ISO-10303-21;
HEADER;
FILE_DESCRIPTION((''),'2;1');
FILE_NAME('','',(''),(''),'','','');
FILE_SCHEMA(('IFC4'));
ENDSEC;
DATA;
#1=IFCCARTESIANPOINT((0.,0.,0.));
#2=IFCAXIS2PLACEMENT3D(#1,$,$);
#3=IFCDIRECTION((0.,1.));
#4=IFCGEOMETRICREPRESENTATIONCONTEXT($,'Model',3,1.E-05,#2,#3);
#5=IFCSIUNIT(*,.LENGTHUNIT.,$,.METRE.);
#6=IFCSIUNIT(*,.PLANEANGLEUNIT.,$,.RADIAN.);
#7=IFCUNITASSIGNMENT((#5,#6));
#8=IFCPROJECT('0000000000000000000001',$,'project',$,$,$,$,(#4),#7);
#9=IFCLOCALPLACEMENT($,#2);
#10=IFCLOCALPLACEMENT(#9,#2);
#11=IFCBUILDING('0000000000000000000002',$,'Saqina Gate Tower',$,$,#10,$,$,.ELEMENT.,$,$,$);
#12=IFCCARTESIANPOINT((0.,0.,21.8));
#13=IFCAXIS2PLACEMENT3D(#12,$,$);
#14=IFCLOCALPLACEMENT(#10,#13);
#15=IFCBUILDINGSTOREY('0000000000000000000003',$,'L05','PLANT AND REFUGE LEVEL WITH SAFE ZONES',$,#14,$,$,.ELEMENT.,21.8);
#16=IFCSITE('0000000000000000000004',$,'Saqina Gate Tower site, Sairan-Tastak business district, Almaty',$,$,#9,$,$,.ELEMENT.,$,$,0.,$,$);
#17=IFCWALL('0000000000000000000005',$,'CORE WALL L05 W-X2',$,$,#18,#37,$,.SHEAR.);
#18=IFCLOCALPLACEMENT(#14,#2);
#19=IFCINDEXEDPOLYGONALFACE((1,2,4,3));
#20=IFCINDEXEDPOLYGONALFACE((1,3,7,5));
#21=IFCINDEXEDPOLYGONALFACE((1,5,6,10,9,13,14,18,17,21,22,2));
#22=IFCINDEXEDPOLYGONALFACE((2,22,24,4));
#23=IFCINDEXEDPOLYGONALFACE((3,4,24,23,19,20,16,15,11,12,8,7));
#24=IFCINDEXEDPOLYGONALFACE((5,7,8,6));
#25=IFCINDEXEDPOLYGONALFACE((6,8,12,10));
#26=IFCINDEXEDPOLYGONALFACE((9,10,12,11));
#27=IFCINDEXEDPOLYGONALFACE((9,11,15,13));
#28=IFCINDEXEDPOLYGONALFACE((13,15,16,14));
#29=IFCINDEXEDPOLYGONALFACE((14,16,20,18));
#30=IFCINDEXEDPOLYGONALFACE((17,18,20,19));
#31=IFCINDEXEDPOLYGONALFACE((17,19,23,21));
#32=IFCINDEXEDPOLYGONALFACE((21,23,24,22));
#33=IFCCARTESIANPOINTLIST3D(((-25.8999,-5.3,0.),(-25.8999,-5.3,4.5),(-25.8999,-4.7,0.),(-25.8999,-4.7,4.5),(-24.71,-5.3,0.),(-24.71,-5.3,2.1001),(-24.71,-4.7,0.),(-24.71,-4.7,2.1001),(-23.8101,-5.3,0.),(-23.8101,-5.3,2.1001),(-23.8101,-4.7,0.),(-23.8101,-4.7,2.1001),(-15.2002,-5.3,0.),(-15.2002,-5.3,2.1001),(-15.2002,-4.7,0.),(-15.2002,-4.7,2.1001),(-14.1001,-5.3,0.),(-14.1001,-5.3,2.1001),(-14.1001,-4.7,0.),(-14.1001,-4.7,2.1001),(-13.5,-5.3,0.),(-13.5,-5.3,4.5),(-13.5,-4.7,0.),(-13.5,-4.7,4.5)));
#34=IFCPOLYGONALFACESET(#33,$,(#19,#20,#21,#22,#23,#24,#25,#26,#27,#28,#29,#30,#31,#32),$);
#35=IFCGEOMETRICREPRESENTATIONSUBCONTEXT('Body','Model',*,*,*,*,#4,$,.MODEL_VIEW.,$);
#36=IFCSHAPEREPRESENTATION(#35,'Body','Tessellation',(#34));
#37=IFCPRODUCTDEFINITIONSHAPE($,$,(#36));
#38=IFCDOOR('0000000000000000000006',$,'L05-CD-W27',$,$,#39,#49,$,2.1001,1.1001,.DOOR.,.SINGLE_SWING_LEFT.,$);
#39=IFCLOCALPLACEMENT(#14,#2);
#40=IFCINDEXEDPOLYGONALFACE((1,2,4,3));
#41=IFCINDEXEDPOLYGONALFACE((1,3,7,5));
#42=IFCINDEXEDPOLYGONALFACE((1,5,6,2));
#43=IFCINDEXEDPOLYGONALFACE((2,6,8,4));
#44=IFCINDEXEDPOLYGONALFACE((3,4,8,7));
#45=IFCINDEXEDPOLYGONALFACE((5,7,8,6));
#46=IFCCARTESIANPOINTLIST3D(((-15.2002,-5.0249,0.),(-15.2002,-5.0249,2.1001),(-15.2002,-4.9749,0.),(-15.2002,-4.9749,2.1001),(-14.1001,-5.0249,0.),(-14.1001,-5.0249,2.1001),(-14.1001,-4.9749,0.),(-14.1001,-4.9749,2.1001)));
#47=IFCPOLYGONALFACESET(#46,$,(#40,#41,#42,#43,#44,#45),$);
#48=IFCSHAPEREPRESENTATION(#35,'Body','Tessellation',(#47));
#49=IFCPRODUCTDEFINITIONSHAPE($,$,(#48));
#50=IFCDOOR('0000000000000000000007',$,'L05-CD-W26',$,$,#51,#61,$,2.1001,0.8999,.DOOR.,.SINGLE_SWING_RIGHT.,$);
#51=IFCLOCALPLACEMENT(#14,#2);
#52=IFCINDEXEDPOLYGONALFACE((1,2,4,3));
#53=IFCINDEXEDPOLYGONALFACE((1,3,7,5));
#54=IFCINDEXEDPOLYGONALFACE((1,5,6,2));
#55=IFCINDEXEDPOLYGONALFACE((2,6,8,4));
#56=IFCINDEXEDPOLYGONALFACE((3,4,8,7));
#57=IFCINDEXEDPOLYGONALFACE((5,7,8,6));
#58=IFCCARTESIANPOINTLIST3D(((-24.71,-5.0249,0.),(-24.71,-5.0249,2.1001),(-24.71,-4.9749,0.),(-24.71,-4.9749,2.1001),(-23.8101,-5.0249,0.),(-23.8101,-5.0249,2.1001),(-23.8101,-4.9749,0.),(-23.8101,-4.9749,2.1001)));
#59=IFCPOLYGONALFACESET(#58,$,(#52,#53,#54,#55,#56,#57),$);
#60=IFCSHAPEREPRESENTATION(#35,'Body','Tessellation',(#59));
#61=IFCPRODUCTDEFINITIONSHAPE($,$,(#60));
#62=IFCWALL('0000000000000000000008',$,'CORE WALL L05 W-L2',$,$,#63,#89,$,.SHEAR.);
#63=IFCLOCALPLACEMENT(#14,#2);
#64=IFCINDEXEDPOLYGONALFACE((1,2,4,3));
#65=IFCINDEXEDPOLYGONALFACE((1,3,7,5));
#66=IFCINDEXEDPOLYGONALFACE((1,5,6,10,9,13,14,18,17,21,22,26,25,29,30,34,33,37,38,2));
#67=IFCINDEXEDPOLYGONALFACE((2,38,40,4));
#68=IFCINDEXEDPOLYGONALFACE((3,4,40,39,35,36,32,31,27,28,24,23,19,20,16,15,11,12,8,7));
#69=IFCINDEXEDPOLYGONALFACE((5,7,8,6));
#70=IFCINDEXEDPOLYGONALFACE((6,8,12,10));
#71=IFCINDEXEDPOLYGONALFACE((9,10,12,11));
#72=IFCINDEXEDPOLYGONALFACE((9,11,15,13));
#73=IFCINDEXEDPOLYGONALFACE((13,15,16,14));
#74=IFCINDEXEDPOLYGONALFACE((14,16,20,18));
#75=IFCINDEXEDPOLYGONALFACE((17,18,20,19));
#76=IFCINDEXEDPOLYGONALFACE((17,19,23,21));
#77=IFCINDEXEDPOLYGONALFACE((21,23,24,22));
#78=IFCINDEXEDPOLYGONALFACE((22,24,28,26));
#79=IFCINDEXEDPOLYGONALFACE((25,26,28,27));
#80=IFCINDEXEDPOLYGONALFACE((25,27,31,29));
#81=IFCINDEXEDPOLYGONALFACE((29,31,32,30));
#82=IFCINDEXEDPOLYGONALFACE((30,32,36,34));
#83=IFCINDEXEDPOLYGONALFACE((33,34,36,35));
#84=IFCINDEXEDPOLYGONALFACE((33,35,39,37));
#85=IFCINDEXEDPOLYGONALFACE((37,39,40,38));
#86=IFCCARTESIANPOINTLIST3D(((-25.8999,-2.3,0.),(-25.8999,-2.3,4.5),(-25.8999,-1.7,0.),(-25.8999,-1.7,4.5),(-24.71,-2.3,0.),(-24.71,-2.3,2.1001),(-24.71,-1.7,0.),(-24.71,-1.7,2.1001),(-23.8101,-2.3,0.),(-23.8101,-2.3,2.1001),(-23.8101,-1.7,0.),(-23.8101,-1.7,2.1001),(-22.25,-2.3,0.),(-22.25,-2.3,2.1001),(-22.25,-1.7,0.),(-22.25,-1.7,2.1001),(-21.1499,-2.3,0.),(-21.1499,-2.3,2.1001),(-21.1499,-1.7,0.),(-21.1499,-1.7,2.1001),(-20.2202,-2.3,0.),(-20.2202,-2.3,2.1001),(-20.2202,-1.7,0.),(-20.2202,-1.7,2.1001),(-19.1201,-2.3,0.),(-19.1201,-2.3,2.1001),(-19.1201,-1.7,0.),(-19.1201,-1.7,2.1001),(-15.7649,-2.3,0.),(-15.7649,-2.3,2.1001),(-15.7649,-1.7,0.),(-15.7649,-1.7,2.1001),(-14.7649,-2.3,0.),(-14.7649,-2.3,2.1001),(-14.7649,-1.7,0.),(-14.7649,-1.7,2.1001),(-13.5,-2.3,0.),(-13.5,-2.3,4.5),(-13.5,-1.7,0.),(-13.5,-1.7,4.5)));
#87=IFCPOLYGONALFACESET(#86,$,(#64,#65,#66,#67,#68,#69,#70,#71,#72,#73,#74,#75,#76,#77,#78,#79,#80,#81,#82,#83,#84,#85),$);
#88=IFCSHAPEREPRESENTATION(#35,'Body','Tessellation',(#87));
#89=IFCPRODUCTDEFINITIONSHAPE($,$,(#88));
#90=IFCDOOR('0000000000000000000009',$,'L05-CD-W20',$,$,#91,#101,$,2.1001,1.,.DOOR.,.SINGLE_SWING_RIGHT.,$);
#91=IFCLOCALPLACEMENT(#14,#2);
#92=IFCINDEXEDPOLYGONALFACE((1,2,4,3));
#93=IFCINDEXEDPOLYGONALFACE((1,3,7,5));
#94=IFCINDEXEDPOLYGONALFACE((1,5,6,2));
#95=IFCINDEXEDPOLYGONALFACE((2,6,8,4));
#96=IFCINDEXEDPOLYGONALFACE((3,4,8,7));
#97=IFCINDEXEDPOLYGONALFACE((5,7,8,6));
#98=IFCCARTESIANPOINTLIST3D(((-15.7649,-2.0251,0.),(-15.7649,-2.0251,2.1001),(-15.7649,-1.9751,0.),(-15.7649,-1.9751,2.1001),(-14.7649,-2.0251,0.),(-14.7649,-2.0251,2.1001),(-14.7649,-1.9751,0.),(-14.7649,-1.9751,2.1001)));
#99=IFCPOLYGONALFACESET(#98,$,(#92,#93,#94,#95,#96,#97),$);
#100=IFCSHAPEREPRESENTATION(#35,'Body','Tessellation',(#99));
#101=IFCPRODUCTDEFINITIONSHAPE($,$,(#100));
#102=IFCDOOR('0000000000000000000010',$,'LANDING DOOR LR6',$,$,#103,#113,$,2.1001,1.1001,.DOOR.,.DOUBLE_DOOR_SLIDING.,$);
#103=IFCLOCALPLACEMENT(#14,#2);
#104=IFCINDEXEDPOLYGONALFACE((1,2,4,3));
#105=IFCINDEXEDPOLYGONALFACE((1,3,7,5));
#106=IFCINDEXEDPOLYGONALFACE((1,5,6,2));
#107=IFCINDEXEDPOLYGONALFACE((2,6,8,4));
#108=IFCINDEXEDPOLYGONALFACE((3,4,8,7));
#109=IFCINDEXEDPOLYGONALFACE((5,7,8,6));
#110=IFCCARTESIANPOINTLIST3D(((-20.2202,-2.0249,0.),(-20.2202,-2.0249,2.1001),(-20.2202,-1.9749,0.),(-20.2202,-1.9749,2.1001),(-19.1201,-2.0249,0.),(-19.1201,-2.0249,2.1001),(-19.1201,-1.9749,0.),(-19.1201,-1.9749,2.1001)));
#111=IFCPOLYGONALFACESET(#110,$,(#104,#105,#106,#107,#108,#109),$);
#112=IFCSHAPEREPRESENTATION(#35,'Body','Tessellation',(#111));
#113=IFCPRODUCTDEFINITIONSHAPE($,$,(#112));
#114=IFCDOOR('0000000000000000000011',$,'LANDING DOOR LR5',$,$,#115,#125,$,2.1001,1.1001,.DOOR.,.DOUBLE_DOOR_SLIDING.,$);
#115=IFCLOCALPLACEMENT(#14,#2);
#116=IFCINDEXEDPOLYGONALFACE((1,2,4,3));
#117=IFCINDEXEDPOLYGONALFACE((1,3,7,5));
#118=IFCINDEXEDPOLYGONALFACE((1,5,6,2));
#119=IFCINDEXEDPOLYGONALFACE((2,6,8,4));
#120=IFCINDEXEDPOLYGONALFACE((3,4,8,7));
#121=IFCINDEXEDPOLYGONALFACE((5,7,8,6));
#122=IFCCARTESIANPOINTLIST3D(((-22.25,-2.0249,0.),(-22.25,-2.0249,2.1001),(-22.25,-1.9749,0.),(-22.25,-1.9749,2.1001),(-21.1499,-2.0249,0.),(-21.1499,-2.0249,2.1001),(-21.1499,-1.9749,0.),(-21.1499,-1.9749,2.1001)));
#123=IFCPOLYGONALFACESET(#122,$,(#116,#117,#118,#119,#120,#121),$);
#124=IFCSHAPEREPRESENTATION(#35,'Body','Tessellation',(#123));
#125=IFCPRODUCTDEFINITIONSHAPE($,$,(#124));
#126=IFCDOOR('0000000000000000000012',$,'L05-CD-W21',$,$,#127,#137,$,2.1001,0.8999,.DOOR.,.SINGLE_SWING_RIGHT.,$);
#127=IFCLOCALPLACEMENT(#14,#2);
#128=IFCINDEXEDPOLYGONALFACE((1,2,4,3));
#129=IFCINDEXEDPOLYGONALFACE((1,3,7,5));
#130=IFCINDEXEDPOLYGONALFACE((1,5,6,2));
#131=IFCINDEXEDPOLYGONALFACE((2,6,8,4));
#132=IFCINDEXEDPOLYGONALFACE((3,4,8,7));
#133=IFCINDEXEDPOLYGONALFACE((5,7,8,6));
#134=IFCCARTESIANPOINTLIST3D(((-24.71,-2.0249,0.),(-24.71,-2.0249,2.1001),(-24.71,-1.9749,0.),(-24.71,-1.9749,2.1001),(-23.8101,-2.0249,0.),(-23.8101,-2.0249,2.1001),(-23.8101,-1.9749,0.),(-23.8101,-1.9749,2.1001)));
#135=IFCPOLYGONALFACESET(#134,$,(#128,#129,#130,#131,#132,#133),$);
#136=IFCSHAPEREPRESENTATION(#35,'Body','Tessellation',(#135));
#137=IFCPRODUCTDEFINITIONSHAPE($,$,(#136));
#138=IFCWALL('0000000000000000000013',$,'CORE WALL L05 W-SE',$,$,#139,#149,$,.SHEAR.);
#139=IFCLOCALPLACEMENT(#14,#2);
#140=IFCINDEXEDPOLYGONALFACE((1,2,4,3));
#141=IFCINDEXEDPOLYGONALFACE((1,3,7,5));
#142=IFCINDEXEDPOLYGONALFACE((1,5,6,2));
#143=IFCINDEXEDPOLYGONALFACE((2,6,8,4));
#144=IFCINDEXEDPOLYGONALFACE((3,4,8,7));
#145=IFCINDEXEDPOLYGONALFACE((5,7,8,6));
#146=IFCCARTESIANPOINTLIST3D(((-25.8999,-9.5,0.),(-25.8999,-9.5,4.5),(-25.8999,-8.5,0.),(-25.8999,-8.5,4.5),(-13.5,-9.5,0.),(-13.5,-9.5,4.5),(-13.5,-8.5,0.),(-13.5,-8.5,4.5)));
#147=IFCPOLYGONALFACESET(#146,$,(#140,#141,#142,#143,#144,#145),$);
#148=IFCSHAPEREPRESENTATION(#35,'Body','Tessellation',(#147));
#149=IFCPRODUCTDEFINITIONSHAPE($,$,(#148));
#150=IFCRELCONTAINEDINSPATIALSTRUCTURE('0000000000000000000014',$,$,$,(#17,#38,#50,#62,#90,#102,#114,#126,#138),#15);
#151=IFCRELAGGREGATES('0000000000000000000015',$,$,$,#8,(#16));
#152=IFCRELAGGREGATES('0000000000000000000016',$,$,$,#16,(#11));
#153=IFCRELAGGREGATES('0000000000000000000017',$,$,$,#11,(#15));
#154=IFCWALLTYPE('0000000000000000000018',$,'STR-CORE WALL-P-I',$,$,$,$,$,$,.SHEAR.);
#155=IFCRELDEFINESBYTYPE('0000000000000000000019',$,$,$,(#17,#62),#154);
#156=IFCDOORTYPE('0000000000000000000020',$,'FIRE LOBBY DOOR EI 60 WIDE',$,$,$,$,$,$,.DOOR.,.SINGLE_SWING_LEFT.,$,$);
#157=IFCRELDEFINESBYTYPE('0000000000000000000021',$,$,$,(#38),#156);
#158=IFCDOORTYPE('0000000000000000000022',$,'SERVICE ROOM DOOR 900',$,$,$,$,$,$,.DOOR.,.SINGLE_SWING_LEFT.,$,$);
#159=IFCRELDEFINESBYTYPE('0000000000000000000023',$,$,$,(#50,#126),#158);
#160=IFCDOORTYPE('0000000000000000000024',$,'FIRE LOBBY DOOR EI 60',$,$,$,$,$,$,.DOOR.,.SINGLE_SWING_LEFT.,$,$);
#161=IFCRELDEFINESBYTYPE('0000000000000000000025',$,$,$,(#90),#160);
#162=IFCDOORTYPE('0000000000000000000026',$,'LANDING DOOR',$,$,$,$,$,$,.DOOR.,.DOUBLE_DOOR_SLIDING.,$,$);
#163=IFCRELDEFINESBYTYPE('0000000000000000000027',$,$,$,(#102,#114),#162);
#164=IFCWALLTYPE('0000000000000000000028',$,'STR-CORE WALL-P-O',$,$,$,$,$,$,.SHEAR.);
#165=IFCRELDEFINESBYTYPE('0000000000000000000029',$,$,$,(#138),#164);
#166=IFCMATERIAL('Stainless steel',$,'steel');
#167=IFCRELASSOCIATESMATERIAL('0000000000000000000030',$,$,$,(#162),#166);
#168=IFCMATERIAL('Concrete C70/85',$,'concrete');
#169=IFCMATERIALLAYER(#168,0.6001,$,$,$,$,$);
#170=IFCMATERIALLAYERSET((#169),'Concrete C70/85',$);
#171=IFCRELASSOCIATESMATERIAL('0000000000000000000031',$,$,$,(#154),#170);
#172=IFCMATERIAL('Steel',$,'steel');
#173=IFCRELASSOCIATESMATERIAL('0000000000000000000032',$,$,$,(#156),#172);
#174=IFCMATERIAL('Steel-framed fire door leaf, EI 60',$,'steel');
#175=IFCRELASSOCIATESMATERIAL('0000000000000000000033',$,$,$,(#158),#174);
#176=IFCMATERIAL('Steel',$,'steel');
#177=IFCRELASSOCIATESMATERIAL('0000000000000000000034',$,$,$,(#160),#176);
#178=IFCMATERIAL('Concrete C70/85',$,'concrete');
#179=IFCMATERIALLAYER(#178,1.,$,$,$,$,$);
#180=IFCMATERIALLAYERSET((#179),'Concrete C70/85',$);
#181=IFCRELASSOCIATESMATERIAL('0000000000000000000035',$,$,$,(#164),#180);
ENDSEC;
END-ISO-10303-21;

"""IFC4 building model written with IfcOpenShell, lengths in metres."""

from ifc_helpers import new_model, si_unit, direction, frame, frame_2d, origin, place, context, subcontext, project, spatial, rectangle, extrude, material, layer, layer_set, type_object, element, fill, save


model = new_model("IFC4")

# Units and contexts
model_context = context("Model", 3, precision=1e-05, world=origin(), true_north=direction((0.0, 1.0)))
body_context = subcontext(model_context, "Body", "Model", "MODEL_VIEW")
ifc_project = project(units=[si_unit("LENGTHUNIT", "METRE"), si_unit("PLANEANGLEUNIT", "RADIAN")], contexts=[model_context])

# Site, building, storey
site_placement = place(None, origin())
site = spatial("IfcSite", under=ifc_project, at=site_placement, Name="Saqina Gate Tower site, Sairan-Tastak business district, Almaty", CompositionType="ELEMENT", RefElevation=0.0)
building_placement = place(site_placement, origin())
building = spatial("IfcBuilding", under=site, at=building_placement, Name="Saqina Gate Tower", CompositionType="ELEMENT")
storey_placement = place(building_placement, frame((0.0, 0.0, 21.8)))
storey = spatial("IfcBuildingStorey", under=building, at=storey_placement, Name="L05", Description="PLANT AND REFUGE LEVEL WITH SAFE ZONES", CompositionType="ELEMENT", Elevation=21.8)

# Shared definitions
ifc_material_1 = material(Name="Stainless steel", Category="steel")
door_type_1 = type_object("IfcDoorType", Name="LANDING DOOR", OperationType="DOUBLE_DOOR_SLIDING", PredefinedType="DOOR", material=ifc_material_1)

# Walls, openings, doors
ifc_material_2 = material(Name="Concrete C70/85", Category="concrete")
ifc_layer_1 = layer(ifc_material_2, 0.6001)
ifc_layer_set_1 = layer_set([ifc_layer_1], Name="Concrete C70/85")
wall_type_1 = type_object("IfcWallType", Name="STR-CORE WALL-P-I", PredefinedType="SHEAR", material=ifc_layer_set_1)
wall_1_placement = place(storey_placement, frame((-13.5, -5.0, 0.0), z_axis=(0.0, 0.0, 1.0), x_axis=(-1.0, 0.0, 0.0)))
wall_1 = element("IfcWall", 1, at=wall_1_placement, inside=storey, type_object=wall_type_1, Name="CORE WALL L05 W-X2", PredefinedType="SHEAR", context=body_context, shape_type="SweptSolid", body=[
    extrude(rectangle(XDim=12.3999, YDim=0.6001, at=frame_2d((6.2, 0.0))), origin(), (0.0, 0.0, 1.0), 4.5),
])
opening_1_placement = place(wall_1_placement, frame((10.3101, 0.0, 0.0)))
opening_1 = element("IfcOpeningElement", 2, at=opening_1_placement, cuts=wall_1, PredefinedType="OPENING", context=body_context, shape_type="SweptSolid", body=[
    extrude(rectangle(XDim=0.8999, YDim=2.1001, at=frame_2d((0.45, 1.05))), frame((0.0, 0.312, 0.0), z_axis=(0.0, -1.0, 0.0), x_axis=(1.0, 0.0, 0.0)), (0.0, 0.0, 1.0), 0.624),
])
opening_2_placement = place(wall_1_placement, frame((0.6001, 0.0, 0.0)))
opening_2 = element("IfcOpeningElement", 3, at=opening_2_placement, cuts=wall_1, PredefinedType="OPENING", context=body_context, shape_type="SweptSolid", body=[
    extrude(rectangle(XDim=1.1001, YDim=2.1001, at=frame_2d((0.55, 1.05))), frame((0.0, 0.312, 0.0), z_axis=(0.0, -1.0, 0.0), x_axis=(1.0, 0.0, 0.0)), (0.0, 0.0, 1.0), 0.624),
])
ifc_material_3 = material(Name="Steel", Category="steel")
door_type_2 = type_object("IfcDoorType", Name="FIRE LOBBY DOOR EI 60 WIDE", OperationType="SINGLE_SWING_LEFT", PredefinedType="DOOR", material=ifc_material_3)
door_1_placement = place(opening_2_placement, origin())
door_1 = element("IfcDoor", 4, at=door_1_placement, inside=storey, type_object=door_type_2, Name="L05-CD-W27", OperationType="SINGLE_SWING_LEFT", OverallHeight=2.1001, OverallWidth=1.1001, PredefinedType="DOOR", context=body_context, shape_type="SweptSolid", body=[
    extrude(rectangle(XDim=1.1001, YDim=2.1001, at=frame_2d((0.55, 1.05))), frame((0.0, 0.0249, 0.0), z_axis=(0.0, -1.0, 0.0), x_axis=(1.0, 0.0, 0.0)), (0.0, 0.0, 1.0), 0.05),
])
fill(opening_2, door_1)
ifc_material_4 = material(Name="Steel-framed fire door leaf, EI 60", Category="steel")
door_type_3 = type_object("IfcDoorType", Name="SERVICE ROOM DOOR 900", OperationType="SINGLE_SWING_LEFT", PredefinedType="DOOR", material=ifc_material_4)
door_2_placement = place(opening_1_placement, origin())
door_2 = element("IfcDoor", 5, at=door_2_placement, inside=storey, type_object=door_type_3, Name="L05-CD-W26", OperationType="SINGLE_SWING_RIGHT", OverallHeight=2.1001, OverallWidth=0.8999, PredefinedType="DOOR", context=body_context, shape_type="SweptSolid", body=[
    extrude(rectangle(XDim=0.8999, YDim=2.1001, at=frame_2d((0.45, 1.05))), frame((0.0, 0.0249, 0.0), z_axis=(0.0, -1.0, 0.0), x_axis=(1.0, 0.0, 0.0)), (0.0, 0.0, 1.0), 0.05),
])
fill(opening_1, door_2)
wall_2_placement = place(storey_placement, frame((-13.5, -2.0, 0.0), z_axis=(0.0, 0.0, 1.0), x_axis=(-1.0, 0.0, 0.0)))
wall_2 = element("IfcWall", 6, at=wall_2_placement, inside=storey, type_object=wall_type_1, Name="CORE WALL L05 W-L2", PredefinedType="SHEAR", context=body_context, shape_type="SweptSolid", body=[
    extrude(rectangle(XDim=12.3999, YDim=0.6001, at=frame_2d((6.2, 0.0))), origin(), (0.0, 0.0, 1.0), 4.5),
])
opening_3_placement = place(wall_2_placement, frame((5.6201, 0.0, 0.0)))
opening_3 = element("IfcOpeningElement", 7, at=opening_3_placement, cuts=wall_2, PredefinedType="OPENING", context=body_context, shape_type="SweptSolid", body=[
    extrude(rectangle(XDim=1.1001, YDim=2.1001, at=frame_2d((0.55, 1.05))), frame((0.0, 0.312, 0.0), z_axis=(0.0, -1.0, 0.0), x_axis=(1.0, 0.0, 0.0)), (0.0, 0.0, 1.0), 0.624),
])
opening_4_placement = place(wall_2_placement, frame((7.6499, 0.0, 0.0)))
opening_4 = element("IfcOpeningElement", 8, at=opening_4_placement, cuts=wall_2, PredefinedType="OPENING", context=body_context, shape_type="SweptSolid", body=[
    extrude(rectangle(XDim=1.1001, YDim=2.1001, at=frame_2d((0.55, 1.05))), frame((0.0, 0.312, 0.0), z_axis=(0.0, -1.0, 0.0), x_axis=(1.0, 0.0, 0.0)), (0.0, 0.0, 1.0), 0.624),
])
opening_5_placement = place(wall_2_placement, frame((1.2649, 0.0, 0.0)))
opening_5 = element("IfcOpeningElement", 9, at=opening_5_placement, cuts=wall_2, PredefinedType="OPENING", context=body_context, shape_type="SweptSolid", body=[
    extrude(rectangle(XDim=1.0, YDim=2.1001, at=frame_2d((0.5, 1.05))), frame((0.0, 0.312, 0.0), z_axis=(0.0, -1.0, 0.0), x_axis=(1.0, 0.0, 0.0)), (0.0, 0.0, 1.0), 0.624),
])
opening_6_placement = place(wall_2_placement, frame((10.3101, 0.0, 0.0)))
opening_6 = element("IfcOpeningElement", 10, at=opening_6_placement, cuts=wall_2, PredefinedType="OPENING", context=body_context, shape_type="SweptSolid", body=[
    extrude(rectangle(XDim=0.8999, YDim=2.1001, at=frame_2d((0.45, 1.05))), frame((0.0, 0.312, 0.0), z_axis=(0.0, -1.0, 0.0), x_axis=(1.0, 0.0, 0.0)), (0.0, 0.0, 1.0), 0.624),
])
ifc_material_5 = material(Name="Steel", Category="steel")
door_type_4 = type_object("IfcDoorType", Name="FIRE LOBBY DOOR EI 60", OperationType="SINGLE_SWING_LEFT", PredefinedType="DOOR", material=ifc_material_5)
door_3_placement = place(opening_5_placement, frame((1.0, 0.0, 0.0), z_axis=(0.0, 0.0, 1.0), x_axis=(-1.0, 0.0, 0.0)))
door_3 = element("IfcDoor", 11, at=door_3_placement, inside=storey, type_object=door_type_4, Name="L05-CD-W20", OperationType="SINGLE_SWING_RIGHT", OverallHeight=2.1001, OverallWidth=1.0, PredefinedType="DOOR", context=body_context, shape_type="SweptSolid", body=[
    extrude(rectangle(XDim=1.0, YDim=2.1001, at=frame_2d((0.5, 1.05))), frame((0.0, 0.0249, 0.0), z_axis=(0.0, -1.0, 0.0), x_axis=(1.0, 0.0, 0.0)), (0.0, 0.0, 1.0), 0.05),
])
fill(opening_5, door_3)
door_4_placement = place(opening_3_placement, origin())
door_4 = element("IfcDoor", 12, at=door_4_placement, inside=storey, type_object=door_type_1, Name="LANDING DOOR LR6", OperationType="DOUBLE_DOOR_SLIDING", OverallHeight=2.1001, OverallWidth=1.1001, PredefinedType="DOOR", context=body_context, shape_type="SweptSolid", body=[
    extrude(rectangle(XDim=1.1001, YDim=2.1001, at=frame_2d((0.55, 1.05))), frame((0.0, 0.0249, 0.0), z_axis=(0.0, -1.0, 0.0), x_axis=(1.0, 0.0, 0.0)), (0.0, 0.0, 1.0), 0.05),
])
fill(opening_3, door_4)
door_5_placement = place(opening_4_placement, origin())
door_5 = element("IfcDoor", 13, at=door_5_placement, inside=storey, type_object=door_type_1, Name="LANDING DOOR LR5", OperationType="DOUBLE_DOOR_SLIDING", OverallHeight=2.1001, OverallWidth=1.1001, PredefinedType="DOOR", context=body_context, shape_type="SweptSolid", body=[
    extrude(rectangle(XDim=1.1001, YDim=2.1001, at=frame_2d((0.55, 1.05))), frame((0.0, 0.0249, 0.0), z_axis=(0.0, -1.0, 0.0), x_axis=(1.0, 0.0, 0.0)), (0.0, 0.0, 1.0), 0.05),
])
fill(opening_4, door_5)
door_6_placement = place(opening_6_placement, origin())
door_6 = element("IfcDoor", 14, at=door_6_placement, inside=storey, type_object=door_type_3, Name="L05-CD-W21", OperationType="SINGLE_SWING_RIGHT", OverallHeight=2.1001, OverallWidth=0.8999, PredefinedType="DOOR", context=body_context, shape_type="SweptSolid", body=[
    extrude(rectangle(XDim=0.8999, YDim=2.1001, at=frame_2d((0.45, 1.05))), frame((0.0, 0.0249, 0.0), z_axis=(0.0, -1.0, 0.0), x_axis=(1.0, 0.0, 0.0)), (0.0, 0.0, 1.0), 0.05),
])
fill(opening_6, door_6)
ifc_material_6 = material(Name="Concrete C70/85", Category="concrete")
ifc_layer_2 = layer(ifc_material_6, 1.0)
ifc_layer_set_2 = layer_set([ifc_layer_2], Name="Concrete C70/85")
wall_type_2 = type_object("IfcWallType", Name="STR-CORE WALL-P-O", PredefinedType="SHEAR", material=ifc_layer_set_2)

# Wall
wall_3_placement = place(storey_placement, frame((-13.5, -9.0, 0.0), z_axis=(0.0, 0.0, 1.0), x_axis=(-1.0, 0.0, 0.0)))
element("IfcWall", 15, at=wall_3_placement, inside=storey, type_object=wall_type_2, Name="CORE WALL L05 W-SE", PredefinedType="SHEAR", context=body_context, shape_type="SweptSolid", body=[
    extrude(rectangle(XDim=12.3999, YDim=1.0, at=frame_2d((6.2, 0.0))), origin(), (0.0, 0.0, 1.0), 4.5),
])

save(model, "model.ifc")
